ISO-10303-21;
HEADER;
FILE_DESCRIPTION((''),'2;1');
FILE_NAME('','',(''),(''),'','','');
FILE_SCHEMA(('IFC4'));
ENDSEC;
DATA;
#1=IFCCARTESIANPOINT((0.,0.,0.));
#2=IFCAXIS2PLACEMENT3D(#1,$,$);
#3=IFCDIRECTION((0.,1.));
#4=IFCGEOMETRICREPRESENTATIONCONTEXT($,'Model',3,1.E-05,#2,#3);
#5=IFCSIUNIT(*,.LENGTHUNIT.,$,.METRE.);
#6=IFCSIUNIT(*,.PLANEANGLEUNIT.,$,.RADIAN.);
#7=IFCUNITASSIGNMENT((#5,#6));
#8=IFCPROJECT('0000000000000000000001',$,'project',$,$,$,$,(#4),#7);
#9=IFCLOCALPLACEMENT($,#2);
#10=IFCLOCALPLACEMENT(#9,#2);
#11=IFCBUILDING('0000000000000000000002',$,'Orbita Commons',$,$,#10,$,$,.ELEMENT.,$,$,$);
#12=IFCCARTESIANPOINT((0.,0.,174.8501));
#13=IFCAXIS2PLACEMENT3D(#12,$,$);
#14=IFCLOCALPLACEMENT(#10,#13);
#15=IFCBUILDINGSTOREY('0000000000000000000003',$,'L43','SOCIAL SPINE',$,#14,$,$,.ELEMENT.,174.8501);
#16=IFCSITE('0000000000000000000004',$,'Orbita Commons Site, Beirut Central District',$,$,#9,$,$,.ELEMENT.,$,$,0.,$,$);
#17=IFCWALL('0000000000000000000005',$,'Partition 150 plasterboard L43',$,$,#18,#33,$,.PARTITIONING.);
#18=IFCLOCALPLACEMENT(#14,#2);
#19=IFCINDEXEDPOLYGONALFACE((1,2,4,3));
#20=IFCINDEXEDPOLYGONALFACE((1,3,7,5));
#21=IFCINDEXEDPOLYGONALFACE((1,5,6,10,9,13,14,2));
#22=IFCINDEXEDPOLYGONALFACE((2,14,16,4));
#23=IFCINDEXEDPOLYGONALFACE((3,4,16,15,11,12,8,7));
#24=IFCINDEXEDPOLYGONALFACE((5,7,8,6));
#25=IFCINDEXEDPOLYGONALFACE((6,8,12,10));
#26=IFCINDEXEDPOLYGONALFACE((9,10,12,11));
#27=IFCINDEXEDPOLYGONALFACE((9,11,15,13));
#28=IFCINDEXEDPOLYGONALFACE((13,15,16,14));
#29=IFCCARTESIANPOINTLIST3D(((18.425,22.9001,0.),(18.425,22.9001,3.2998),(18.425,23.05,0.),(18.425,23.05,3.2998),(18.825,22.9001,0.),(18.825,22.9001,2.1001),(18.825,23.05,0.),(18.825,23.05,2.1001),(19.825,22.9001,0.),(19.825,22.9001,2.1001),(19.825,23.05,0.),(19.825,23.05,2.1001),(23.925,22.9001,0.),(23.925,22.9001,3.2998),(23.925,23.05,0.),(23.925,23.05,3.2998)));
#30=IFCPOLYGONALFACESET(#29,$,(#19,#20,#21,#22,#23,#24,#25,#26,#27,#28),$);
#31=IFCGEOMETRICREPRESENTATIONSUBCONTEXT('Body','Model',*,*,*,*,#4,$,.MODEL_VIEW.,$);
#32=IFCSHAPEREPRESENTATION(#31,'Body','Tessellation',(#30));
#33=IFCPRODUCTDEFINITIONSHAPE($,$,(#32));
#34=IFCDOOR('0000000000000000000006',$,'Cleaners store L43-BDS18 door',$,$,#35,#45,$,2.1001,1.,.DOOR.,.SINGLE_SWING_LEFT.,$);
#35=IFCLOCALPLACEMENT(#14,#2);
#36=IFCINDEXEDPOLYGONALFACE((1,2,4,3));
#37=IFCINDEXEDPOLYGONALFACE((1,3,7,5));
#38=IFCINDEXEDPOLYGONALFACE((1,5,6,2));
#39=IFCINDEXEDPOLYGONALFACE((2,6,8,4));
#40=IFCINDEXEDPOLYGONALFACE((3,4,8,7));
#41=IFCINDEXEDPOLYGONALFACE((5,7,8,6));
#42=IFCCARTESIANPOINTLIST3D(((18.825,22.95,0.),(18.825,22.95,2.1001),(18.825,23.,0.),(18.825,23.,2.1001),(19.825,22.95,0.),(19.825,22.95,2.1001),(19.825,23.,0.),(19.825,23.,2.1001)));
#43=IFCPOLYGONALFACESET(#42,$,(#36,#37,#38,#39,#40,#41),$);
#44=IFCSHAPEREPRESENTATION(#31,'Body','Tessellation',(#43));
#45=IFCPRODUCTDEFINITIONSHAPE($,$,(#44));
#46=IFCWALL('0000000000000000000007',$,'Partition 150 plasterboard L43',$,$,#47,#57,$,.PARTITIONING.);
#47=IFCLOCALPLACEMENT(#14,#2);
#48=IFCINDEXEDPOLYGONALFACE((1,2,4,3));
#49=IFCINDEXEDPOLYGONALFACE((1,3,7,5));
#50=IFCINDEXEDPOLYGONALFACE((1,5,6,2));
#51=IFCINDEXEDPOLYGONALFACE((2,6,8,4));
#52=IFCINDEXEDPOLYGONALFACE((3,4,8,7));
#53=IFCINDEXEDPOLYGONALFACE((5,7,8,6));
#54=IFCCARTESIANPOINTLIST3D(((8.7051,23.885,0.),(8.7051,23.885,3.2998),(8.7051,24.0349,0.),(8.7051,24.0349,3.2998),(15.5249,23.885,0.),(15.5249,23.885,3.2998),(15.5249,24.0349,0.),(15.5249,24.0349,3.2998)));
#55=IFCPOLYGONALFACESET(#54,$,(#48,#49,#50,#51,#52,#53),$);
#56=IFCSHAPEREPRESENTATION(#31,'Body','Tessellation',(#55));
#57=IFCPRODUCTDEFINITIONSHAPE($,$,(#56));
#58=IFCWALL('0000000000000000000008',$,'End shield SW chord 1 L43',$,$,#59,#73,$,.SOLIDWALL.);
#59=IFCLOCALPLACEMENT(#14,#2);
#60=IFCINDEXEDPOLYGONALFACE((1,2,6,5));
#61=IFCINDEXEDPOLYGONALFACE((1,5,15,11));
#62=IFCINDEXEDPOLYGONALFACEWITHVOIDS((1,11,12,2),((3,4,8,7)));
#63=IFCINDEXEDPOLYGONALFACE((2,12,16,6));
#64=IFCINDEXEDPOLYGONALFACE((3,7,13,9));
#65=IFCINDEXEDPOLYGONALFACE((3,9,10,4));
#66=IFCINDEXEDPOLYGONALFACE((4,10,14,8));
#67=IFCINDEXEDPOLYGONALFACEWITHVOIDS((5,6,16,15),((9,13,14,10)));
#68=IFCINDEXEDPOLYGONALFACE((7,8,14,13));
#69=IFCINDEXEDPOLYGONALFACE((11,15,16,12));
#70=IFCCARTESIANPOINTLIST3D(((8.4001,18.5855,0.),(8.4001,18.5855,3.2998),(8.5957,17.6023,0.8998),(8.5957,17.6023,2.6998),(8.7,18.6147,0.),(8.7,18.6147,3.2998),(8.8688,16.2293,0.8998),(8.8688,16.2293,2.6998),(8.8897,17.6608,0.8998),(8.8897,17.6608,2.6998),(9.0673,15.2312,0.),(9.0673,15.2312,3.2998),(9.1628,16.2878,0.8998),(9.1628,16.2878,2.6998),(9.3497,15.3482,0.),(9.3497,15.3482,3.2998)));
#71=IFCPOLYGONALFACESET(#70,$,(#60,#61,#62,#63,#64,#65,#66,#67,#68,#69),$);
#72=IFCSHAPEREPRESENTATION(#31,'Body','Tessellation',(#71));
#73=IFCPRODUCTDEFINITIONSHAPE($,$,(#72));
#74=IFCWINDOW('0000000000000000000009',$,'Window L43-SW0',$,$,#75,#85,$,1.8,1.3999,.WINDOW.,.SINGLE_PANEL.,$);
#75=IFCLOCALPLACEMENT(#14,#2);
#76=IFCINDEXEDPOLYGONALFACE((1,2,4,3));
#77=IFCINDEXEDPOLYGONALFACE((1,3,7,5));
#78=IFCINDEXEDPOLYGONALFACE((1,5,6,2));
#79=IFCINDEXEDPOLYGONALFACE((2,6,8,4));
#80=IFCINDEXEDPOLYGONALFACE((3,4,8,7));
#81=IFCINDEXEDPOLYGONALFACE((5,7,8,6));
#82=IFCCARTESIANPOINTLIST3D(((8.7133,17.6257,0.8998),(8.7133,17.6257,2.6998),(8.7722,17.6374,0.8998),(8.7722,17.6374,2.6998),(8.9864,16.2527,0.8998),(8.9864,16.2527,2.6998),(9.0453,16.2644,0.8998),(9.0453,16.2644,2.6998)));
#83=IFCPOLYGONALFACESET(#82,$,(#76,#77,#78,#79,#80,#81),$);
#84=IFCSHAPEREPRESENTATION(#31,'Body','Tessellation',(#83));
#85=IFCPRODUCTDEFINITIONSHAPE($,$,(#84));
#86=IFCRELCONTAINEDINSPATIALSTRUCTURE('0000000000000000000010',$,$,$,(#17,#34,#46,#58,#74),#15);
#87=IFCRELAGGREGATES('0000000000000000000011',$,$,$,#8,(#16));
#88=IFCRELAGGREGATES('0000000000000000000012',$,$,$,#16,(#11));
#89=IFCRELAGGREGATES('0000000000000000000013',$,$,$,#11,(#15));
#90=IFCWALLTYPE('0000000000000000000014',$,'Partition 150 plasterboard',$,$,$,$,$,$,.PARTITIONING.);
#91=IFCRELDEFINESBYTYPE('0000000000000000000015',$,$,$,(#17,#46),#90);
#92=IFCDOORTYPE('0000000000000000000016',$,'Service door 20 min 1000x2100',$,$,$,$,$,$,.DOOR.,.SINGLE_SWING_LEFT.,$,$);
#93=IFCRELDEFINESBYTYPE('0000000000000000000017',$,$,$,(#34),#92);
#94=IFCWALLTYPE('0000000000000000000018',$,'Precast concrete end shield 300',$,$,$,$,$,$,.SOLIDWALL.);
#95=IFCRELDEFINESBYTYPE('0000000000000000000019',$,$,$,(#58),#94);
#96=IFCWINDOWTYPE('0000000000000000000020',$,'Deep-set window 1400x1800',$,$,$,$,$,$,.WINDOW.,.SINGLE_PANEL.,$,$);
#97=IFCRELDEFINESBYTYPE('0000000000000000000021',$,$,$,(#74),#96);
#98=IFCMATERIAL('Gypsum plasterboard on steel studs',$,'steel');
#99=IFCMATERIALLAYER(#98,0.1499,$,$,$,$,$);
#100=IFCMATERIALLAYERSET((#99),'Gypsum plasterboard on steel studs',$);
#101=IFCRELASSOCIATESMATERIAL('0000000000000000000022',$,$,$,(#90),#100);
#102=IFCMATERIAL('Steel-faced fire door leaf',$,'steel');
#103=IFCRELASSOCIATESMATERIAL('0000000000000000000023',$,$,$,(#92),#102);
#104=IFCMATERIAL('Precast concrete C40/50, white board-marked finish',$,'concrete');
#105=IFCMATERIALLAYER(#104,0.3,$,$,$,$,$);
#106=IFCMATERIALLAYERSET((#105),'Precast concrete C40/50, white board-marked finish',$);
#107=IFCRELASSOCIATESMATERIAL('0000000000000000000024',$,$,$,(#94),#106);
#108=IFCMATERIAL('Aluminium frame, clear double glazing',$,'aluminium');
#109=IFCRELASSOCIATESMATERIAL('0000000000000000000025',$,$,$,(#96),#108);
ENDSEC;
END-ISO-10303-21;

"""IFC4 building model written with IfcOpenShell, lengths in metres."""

from ifc_helpers import new_model, si_unit, direction, frame, frame_2d, origin, place, context, subcontext, project, spatial, polyline, rectangle, outline, extrude, material, layer, layer_set, type_object, element, fill, save


model = new_model("IFC4")

# Units and contexts
model_context = context("Model", 3, precision=1e-05, world=origin(), true_north=direction((0.0, 1.0)))
body_context = subcontext(model_context, "Body", "Model", "MODEL_VIEW")
ifc_project = project(units=[si_unit("LENGTHUNIT", "METRE"), si_unit("PLANEANGLEUNIT", "RADIAN")], contexts=[model_context])

# Site, building, storey
site_placement = place(None, origin())
site = spatial("IfcSite", under=ifc_project, at=site_placement, Name="Orbita Commons Site, Beirut Central District", CompositionType="ELEMENT", RefElevation=0.0)
building_placement = place(site_placement, origin())
building = spatial("IfcBuilding", under=site, at=building_placement, Name="Orbita Commons", CompositionType="ELEMENT")
storey_placement = place(building_placement, frame((0.0, 0.0, 174.8501)))
storey = spatial("IfcBuildingStorey", under=building, at=storey_placement, Name="L43", Description="SOCIAL SPINE", CompositionType="ELEMENT", Elevation=174.8501)

# Wall, opening, door
ifc_material_1 = material(Name="Gypsum plasterboard on steel studs", Category="steel")
ifc_layer_1 = layer(ifc_material_1, 0.1499)
ifc_layer_set_1 = layer_set([ifc_layer_1], Name="Gypsum plasterboard on steel studs")
wall_type_1 = type_object("IfcWallType", Name="Partition 150 plasterboard", PredefinedType="PARTITIONING", material=ifc_layer_set_1)
wall_1_placement = place(storey_placement, frame((18.425, 22.9751, 0.0), z_axis=(0.0, 0.0, 1.0), x_axis=(1.0, 0.0, 0.0)))
wall_1 = element("IfcWall", 1, at=wall_1_placement, inside=storey, type_object=wall_type_1, Name="Partition 150 plasterboard L43", PredefinedType="PARTITIONING", context=body_context, shape_type="SweptSolid", body=[
    extrude(rectangle(XDim=5.5, YDim=0.1499, at=frame_2d((2.75, 0.0))), origin(), (0.0, 0.0, 1.0), 3.2998),
])
opening_1_placement = place(wall_1_placement, frame((0.3999, 0.0, 0.0)))
opening_1 = element("IfcOpeningElement", 2, at=opening_1_placement, cuts=wall_1, PredefinedType="OPENING", context=body_context, shape_type="SweptSolid", body=[
    extrude(rectangle(XDim=1.0, YDim=2.1001, at=frame_2d((0.5, 1.05))), frame((0.0, 0.085, 0.0), z_axis=(0.0, -1.0, 0.0), x_axis=(1.0, 0.0, 0.0)), (0.0, 0.0, 1.0), 0.1699),
])
ifc_material_2 = material(Name="Steel-faced fire door leaf", Category="steel")
door_type_1 = type_object("IfcDoorType", Name="Service door 20 min 1000x2100", OperationType="SINGLE_SWING_LEFT", PredefinedType="DOOR", material=ifc_material_2)
door_1_placement = place(opening_1_placement, origin())
door_1 = element("IfcDoor", 3, at=door_1_placement, inside=storey, type_object=door_type_1, Name="Cleaners store L43-BDS18 door", OperationType="SINGLE_SWING_LEFT", OverallHeight=2.1001, OverallWidth=1.0, PredefinedType="DOOR", context=body_context, shape_type="SweptSolid", body=[
    extrude(rectangle(XDim=1.0, YDim=2.1001, at=frame_2d((0.5, 1.05))), frame((0.0, 0.0249, 0.0), z_axis=(0.0, -1.0, 0.0), x_axis=(1.0, 0.0, 0.0)), (0.0, 0.0, 1.0), 0.05),
])
fill(opening_1, door_1)

# Wall
wall_2_placement = place(storey_placement, frame((8.7051, 23.96, 0.0), z_axis=(0.0, 0.0, 1.0), x_axis=(1.0, 0.0, 0.0)))
element("IfcWall", 4, at=wall_2_placement, inside=storey, type_object=wall_type_1, Name="Partition 150 plasterboard L43", PredefinedType="PARTITIONING", context=body_context, shape_type="SweptSolid", body=[
    extrude(rectangle(XDim=6.8198, YDim=0.1499, at=frame_2d((3.4099, 0.0))), origin(), (0.0, 0.0, 1.0), 3.2998),
])

# Wall, opening, window
ifc_material_3 = material(Name="Precast concrete C40/50, white board-marked finish", Category="concrete")
ifc_layer_2 = layer(ifc_material_3, 0.3)
ifc_layer_set_2 = layer_set([ifc_layer_2], Name="Precast concrete C40/50, white board-marked finish")
wall_type_2 = type_object("IfcWallType", Name="Precast concrete end shield 300", PredefinedType="SOLIDWALL", material=ifc_layer_set_2)
wall_3_placement = place(storey_placement, frame((8.55, 18.6001, 0.0), z_axis=(0.0, 0.0, 1.0), x_axis=(0.195087, -0.980786, 0.0)))
wall_3 = element("IfcWall", 5, at=wall_3_placement, inside=storey, type_object=wall_type_2, Name="End shield SW chord 1 L43", PredefinedType="SOLIDWALL", context=body_context, shape_type="SweptSolid", body=[
    extrude(outline(polyline([(-0.0149, -0.1499), (3.405, -0.1499), (3.3455, 0.1499), (0.0149, 0.1499), (-0.0149, -0.1499)])), origin(), (0.0, 0.0, 1.0), 3.2998),
])
opening_2_placement = place(wall_3_placement, frame((0.9875, 0.0, 0.8999)))
opening_2 = element("IfcOpeningElement", 6, at=opening_2_placement, cuts=wall_3, PredefinedType="OPENING", context=body_context, shape_type="SweptSolid", body=[
    extrude(rectangle(XDim=1.3999, YDim=1.8, at=frame_2d((0.7, 0.8999))), frame((0.0, 0.1599, 0.0), z_axis=(0.0, -1.0, 0.0), x_axis=(1.0, 0.0, 0.0)), (0.0, 0.0, 1.0), 0.3201),
])
ifc_material_4 = material(Name="Aluminium frame, clear double glazing", Category="aluminium")
window_type = type_object("IfcWindowType", Name="Deep-set window 1400x1800", PartitioningType="SINGLE_PANEL", PredefinedType="WINDOW", material=ifc_material_4)
window_placement = place(opening_2_placement, origin())
window = element("IfcWindow", 7, at=window_placement, inside=storey, type_object=window_type, Name="Window L43-SW0", OverallHeight=1.8, OverallWidth=1.3999, PartitioningType="SINGLE_PANEL", PredefinedType="WINDOW", context=body_context, shape_type="SweptSolid", body=[
    extrude(rectangle(XDim=1.3999, YDim=1.8, at=frame_2d((0.7, 0.8999))), frame((0.0, 0.03, 0.0), z_axis=(0.0, -1.0, 0.0), x_axis=(1.0, 0.0, 0.0)), (0.0, 0.0, 1.0), 0.0601),
])
fill(opening_2, window)

save(model, "model.ifc")
